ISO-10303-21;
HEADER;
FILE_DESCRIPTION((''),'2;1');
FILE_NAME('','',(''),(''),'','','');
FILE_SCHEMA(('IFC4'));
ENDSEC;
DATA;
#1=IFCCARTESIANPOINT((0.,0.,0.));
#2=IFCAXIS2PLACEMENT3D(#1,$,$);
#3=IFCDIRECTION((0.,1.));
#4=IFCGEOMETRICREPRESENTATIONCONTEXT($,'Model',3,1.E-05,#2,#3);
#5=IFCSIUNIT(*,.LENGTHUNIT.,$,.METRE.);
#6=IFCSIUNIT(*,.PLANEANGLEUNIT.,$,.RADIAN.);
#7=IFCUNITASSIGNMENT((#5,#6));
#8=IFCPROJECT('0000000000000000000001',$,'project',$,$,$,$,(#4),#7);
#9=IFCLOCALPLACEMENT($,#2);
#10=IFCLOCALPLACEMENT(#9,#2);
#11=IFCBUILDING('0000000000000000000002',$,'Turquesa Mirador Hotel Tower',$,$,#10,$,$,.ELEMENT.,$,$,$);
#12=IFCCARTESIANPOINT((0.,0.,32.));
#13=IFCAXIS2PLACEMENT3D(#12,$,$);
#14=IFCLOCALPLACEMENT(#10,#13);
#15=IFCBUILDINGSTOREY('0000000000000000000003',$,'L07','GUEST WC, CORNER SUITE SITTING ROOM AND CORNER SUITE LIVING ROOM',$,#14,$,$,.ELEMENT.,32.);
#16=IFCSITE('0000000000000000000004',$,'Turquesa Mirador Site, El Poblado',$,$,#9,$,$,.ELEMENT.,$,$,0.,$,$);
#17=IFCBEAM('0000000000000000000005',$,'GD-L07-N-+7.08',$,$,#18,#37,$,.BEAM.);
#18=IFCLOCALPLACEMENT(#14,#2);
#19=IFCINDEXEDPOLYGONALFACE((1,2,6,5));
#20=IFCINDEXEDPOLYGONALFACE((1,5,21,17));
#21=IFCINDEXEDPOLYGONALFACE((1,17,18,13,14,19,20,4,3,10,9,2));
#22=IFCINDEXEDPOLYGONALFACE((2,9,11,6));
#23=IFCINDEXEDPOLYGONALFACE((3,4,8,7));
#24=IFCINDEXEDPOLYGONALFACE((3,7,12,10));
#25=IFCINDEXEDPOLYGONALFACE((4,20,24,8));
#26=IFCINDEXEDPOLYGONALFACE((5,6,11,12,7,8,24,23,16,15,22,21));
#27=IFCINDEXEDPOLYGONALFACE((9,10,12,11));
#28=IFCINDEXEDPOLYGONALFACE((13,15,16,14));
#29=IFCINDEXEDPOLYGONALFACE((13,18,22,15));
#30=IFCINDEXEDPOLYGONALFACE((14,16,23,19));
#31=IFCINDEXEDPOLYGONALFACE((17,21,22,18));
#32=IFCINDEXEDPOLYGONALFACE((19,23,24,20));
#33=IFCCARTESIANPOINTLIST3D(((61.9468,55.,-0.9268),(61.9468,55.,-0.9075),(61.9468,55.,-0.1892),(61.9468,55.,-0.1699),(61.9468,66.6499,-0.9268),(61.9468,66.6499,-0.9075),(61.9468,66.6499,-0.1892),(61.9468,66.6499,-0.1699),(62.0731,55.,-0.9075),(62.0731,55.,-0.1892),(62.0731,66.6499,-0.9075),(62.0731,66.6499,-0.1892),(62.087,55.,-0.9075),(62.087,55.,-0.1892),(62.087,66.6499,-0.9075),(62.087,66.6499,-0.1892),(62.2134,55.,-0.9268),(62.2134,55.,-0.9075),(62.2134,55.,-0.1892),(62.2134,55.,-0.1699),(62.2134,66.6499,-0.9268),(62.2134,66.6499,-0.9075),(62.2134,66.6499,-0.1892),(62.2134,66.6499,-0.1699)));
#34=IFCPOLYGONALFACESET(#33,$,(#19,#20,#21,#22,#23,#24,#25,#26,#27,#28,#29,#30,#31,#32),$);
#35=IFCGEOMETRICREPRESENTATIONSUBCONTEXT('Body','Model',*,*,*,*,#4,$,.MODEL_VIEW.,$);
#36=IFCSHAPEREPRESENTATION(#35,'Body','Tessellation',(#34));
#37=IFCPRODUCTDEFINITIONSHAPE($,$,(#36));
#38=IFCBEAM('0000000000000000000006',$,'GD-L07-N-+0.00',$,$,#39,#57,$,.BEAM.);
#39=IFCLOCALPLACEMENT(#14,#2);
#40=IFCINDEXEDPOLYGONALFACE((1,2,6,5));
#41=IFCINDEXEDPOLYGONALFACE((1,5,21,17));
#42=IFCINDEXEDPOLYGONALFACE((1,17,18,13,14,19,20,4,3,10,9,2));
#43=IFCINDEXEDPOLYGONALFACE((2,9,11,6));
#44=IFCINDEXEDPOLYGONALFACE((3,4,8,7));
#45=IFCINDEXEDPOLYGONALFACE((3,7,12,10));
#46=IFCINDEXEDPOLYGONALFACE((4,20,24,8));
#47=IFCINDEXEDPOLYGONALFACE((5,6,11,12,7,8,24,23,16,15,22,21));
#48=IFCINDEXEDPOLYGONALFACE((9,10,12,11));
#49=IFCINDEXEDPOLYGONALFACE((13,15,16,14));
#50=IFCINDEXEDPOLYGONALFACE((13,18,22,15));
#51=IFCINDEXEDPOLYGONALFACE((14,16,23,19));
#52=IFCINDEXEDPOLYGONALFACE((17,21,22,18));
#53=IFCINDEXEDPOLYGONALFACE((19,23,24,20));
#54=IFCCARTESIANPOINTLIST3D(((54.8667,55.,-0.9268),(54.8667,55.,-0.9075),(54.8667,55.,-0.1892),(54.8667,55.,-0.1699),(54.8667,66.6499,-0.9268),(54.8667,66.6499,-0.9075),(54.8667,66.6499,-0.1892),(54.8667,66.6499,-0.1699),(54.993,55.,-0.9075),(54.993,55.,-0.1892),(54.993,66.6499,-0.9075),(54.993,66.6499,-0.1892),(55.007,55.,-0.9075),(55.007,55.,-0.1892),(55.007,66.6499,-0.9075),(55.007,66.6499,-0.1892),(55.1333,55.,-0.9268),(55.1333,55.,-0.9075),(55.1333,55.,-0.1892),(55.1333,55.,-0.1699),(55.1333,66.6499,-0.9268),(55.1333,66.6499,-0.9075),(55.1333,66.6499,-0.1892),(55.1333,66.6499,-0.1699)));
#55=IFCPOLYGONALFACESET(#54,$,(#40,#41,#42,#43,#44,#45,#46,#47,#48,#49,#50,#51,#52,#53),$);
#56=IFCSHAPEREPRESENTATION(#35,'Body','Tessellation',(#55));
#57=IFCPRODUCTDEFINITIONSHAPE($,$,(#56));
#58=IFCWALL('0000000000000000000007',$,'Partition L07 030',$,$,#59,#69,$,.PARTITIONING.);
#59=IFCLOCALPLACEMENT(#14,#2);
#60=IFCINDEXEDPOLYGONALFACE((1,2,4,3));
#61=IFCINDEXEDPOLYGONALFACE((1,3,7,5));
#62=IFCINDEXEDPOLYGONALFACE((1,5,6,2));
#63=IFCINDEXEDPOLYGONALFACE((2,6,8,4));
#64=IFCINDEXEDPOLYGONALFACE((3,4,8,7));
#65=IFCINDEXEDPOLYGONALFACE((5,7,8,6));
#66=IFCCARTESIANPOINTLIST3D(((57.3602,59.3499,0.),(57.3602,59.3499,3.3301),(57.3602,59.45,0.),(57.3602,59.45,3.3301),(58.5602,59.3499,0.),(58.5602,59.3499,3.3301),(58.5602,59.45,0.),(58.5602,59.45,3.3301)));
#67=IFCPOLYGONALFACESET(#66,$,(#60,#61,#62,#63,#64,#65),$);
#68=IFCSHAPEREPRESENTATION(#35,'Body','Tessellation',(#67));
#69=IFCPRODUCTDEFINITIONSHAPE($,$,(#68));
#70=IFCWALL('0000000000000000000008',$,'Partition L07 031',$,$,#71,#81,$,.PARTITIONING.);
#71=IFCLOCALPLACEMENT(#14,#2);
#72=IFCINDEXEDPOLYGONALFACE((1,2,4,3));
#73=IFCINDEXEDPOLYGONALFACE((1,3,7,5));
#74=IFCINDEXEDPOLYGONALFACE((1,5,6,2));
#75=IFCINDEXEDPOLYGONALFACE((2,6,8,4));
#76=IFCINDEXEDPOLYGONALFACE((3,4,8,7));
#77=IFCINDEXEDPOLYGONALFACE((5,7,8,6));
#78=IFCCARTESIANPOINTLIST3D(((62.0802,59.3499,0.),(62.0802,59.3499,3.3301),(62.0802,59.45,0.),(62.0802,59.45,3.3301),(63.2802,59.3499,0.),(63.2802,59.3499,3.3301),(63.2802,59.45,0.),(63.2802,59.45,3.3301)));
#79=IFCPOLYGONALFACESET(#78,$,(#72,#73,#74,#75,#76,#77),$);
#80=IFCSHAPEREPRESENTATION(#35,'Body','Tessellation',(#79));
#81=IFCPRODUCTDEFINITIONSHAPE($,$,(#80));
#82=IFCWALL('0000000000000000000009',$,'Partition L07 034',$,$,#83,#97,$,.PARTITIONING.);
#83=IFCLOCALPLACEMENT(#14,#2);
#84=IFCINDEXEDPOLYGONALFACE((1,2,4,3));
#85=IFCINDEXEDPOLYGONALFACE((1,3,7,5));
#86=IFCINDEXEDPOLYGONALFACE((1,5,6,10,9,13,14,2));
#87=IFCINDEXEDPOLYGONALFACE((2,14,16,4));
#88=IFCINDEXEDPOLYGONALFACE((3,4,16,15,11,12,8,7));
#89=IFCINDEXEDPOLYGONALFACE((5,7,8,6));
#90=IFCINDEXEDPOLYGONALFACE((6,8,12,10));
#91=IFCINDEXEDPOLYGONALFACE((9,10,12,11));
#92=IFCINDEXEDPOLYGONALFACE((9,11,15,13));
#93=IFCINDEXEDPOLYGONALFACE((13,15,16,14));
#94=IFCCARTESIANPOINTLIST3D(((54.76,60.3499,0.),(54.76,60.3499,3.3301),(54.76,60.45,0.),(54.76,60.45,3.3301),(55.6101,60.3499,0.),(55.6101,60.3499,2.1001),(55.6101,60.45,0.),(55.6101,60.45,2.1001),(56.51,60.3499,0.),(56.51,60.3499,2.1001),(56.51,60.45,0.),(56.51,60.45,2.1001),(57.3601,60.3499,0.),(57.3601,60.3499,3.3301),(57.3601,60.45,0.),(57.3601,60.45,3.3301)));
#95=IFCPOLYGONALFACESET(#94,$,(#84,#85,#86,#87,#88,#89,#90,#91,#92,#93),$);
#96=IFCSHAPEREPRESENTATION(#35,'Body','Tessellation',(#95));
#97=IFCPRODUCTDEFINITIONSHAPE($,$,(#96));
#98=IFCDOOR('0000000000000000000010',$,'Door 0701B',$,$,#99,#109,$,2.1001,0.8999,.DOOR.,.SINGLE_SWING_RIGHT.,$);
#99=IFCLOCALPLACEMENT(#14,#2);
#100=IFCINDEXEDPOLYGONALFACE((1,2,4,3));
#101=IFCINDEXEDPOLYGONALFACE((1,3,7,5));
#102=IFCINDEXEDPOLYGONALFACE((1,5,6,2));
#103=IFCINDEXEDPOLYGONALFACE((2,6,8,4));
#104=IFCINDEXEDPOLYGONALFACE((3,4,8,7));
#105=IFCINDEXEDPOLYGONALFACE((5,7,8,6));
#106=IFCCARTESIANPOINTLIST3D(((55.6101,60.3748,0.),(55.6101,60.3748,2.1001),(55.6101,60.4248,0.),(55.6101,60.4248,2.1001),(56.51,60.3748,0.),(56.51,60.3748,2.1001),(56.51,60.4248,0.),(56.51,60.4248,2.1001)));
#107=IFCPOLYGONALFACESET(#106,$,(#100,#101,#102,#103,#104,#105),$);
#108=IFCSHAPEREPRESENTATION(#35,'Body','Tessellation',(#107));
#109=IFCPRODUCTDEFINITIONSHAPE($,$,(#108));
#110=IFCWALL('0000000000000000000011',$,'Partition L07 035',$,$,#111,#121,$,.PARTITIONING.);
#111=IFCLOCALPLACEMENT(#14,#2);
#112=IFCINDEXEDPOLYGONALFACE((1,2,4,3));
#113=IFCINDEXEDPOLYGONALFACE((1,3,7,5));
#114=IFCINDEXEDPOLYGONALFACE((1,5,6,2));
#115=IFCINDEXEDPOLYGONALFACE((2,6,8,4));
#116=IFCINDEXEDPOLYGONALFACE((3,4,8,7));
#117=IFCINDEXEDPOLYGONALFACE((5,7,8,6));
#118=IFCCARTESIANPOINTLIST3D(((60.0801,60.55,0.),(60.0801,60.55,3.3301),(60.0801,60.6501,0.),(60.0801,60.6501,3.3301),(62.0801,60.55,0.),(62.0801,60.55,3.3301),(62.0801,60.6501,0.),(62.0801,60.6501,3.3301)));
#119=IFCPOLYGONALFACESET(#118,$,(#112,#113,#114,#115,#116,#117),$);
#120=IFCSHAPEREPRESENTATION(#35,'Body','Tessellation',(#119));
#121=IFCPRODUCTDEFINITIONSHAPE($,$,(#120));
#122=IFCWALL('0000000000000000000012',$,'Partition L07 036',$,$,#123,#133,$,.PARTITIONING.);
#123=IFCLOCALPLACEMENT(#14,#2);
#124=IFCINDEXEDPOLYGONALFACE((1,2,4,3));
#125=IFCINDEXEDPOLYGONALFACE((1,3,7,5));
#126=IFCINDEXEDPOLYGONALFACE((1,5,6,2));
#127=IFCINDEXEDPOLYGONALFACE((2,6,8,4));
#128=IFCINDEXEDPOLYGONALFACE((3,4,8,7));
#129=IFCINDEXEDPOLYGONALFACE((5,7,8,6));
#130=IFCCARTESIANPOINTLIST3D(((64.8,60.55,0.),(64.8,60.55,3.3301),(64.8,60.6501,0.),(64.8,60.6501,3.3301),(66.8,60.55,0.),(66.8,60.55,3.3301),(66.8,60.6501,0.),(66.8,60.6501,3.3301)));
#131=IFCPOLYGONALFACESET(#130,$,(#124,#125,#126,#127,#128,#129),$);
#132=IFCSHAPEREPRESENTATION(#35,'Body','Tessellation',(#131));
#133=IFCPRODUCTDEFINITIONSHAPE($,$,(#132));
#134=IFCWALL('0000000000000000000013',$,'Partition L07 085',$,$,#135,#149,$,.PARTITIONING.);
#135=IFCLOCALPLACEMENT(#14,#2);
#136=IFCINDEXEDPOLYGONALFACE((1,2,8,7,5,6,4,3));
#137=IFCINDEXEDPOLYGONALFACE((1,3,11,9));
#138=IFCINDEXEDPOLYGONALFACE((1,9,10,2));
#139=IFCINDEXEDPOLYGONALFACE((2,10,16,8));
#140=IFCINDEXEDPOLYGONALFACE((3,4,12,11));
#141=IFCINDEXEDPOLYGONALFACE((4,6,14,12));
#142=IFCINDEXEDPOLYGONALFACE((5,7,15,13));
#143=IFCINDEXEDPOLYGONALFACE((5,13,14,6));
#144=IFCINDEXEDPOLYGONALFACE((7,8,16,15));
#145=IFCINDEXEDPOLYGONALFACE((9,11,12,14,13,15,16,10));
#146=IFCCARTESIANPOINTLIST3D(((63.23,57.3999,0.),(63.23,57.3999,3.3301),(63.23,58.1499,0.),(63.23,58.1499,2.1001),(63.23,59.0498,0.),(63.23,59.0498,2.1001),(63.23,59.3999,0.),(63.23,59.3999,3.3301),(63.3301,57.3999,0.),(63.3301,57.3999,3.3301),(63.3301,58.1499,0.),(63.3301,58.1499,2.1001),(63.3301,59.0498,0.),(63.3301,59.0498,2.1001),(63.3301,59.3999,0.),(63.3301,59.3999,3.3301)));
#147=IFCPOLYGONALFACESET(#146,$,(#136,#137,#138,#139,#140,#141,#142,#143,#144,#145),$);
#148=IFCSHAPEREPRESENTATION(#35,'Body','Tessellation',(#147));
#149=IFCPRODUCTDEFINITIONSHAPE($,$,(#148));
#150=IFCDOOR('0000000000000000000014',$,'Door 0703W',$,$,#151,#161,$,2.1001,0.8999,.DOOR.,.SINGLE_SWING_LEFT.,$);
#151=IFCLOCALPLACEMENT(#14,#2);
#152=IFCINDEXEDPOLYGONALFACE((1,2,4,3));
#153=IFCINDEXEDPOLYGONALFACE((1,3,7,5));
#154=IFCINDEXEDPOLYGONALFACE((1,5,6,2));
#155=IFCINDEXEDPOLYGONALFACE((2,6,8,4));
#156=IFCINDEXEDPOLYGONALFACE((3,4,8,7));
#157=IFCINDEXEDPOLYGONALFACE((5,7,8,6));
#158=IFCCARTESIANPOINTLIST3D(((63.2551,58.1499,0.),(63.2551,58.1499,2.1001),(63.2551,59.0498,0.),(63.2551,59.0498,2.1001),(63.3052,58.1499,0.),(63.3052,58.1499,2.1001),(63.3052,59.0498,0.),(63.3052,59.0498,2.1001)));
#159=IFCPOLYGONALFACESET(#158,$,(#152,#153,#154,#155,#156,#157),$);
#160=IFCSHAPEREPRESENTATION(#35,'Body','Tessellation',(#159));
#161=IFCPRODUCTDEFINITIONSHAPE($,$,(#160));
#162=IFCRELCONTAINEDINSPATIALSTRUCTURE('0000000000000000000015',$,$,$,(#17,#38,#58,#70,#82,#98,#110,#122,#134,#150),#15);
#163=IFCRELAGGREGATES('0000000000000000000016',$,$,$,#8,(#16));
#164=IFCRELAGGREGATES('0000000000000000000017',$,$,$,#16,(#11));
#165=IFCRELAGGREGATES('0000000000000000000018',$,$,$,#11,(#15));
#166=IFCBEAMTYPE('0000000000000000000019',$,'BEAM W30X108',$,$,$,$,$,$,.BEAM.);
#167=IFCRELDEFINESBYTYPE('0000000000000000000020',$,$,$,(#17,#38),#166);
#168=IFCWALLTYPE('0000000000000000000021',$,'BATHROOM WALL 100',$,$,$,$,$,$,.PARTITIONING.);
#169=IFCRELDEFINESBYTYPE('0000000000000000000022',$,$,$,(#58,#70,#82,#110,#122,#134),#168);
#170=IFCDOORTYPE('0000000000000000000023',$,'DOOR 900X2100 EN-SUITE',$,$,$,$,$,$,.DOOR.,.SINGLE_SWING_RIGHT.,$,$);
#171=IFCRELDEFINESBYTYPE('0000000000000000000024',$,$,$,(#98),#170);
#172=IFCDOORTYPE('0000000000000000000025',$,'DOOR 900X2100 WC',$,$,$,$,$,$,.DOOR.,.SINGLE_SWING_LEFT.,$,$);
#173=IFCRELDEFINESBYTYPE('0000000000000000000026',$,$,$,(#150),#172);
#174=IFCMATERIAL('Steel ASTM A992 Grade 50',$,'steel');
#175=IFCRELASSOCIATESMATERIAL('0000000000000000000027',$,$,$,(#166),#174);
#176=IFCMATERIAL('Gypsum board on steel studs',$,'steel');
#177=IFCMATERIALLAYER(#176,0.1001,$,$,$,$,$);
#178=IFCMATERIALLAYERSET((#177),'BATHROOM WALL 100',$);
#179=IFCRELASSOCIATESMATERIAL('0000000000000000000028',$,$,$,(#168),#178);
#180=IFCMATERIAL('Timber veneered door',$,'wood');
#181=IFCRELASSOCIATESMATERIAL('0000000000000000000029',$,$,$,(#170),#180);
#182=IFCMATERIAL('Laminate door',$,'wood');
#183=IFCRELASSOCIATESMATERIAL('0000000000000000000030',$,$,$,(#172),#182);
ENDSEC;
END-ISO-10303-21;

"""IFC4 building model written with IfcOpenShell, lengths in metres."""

from ifc_helpers import new_model, si_unit, direction, frame, frame_2d, origin, origin_2d, place, context, subcontext, project, spatial, rectangle, i_section, extrude, material, layer, layer_set, material_profile, profile_set, type_object, element, fill, save


model = new_model("IFC4")

# Units and contexts
model_context = context("Model", 3, precision=1e-05, world=origin(), true_north=direction((0.0, 1.0)))
body_context = subcontext(model_context, "Body", "Model", "MODEL_VIEW")
ifc_project = project(units=[si_unit("LENGTHUNIT", "METRE"), si_unit("PLANEANGLEUNIT", "RADIAN")], contexts=[model_context])

# Site, building, storey
site_placement = place(None, origin())
site = spatial("IfcSite", under=ifc_project, at=site_placement, Name="Turquesa Mirador Site, El Poblado", CompositionType="ELEMENT", RefElevation=0.0)
building_placement = place(site_placement, origin())
building = spatial("IfcBuilding", under=site, at=building_placement, Name="Turquesa Mirador Hotel Tower", CompositionType="ELEMENT")
storey_placement = place(building_placement, frame((0.0, 0.0, 32.0)))
storey = spatial("IfcBuildingStorey", under=building, at=storey_placement, Name="L07", Description="GUEST WC, CORNER SUITE SITTING ROOM AND CORNER SUITE LIVING ROOM", CompositionType="ELEMENT", Elevation=32.0)

# Beams
ifc_material_1 = material(Name="Steel ASTM A992 Grade 50", Category="steel")
ifc_material_profile_1 = material_profile(ifc_material_1, i_section(OverallWidth=0.2666, OverallDepth=0.7568, WebThickness=0.0139, FlangeThickness=0.0193, at=origin_2d()), Name="W30X108")
ifc_profile_set_1 = profile_set([ifc_material_profile_1], Name="Steel ASTM A992 Grade 50")
beam_type_1 = type_object("IfcBeamType", Name="BEAM W30X108", PredefinedType="BEAM", material=ifc_profile_set_1)
for number, where, z_axis, x_axis, name in (
    (1, (62.0801, 66.6499, -0.5483), (0.0, -1.0, 0.0), (1.0, 0.0, 0.0), "GD-L07-N-+7.08"),
    (2, (55.0, 66.6499, -0.5483), (0.0, -1.0, 0.0), (1.0, 0.0, 0.0), "GD-L07-N-+0.00"),
):
    element("IfcBeam", number, at=place(storey_placement, frame(where, z_axis=z_axis, x_axis=x_axis)), inside=storey, type_object=beam_type_1, Name=name, PredefinedType="BEAM", context=body_context, shape_type="SweptSolid", body=[
        extrude(i_section(OverallWidth=0.2666, OverallDepth=0.7568, WebThickness=0.0139, FlangeThickness=0.0193, at=origin_2d()), origin(), (0.0, 0.0, 1.0), 11.6499),
    ])

# Walls
ifc_material_2 = material(Name="Gypsum board on steel studs", Category="steel")
ifc_layer_1 = layer(ifc_material_2, 0.1001)
ifc_layer_set_1 = layer_set([ifc_layer_1], Name="BATHROOM WALL 100")
wall_type_1 = type_object("IfcWallType", Name="BATHROOM WALL 100", PredefinedType="PARTITIONING", material=ifc_layer_set_1)
for number, where, z_axis, x_axis, name in (
    (3, (57.3601, 59.3999, 0.0), (0.0, 0.0, 1.0), (1.0, 0.0, 0.0), "Partition L07 030"),
    (4, (62.0801, 59.3999, 0.0), (0.0, 0.0, 1.0), (1.0, 0.0, 0.0), "Partition L07 031"),
):
    element("IfcWall", number, at=place(storey_placement, frame(where, z_axis=z_axis, x_axis=x_axis)), inside=storey, type_object=wall_type_1, Name=name, PredefinedType="PARTITIONING", context=body_context, shape_type="SweptSolid", body=[
        extrude(rectangle(XDim=1.2, YDim=0.1001, at=frame_2d((0.6001, 0.0))), origin(), (0.0, 0.0, 1.0), 3.3301),
    ])

# Wall, opening, door
wall_1_placement = place(storey_placement, frame((54.76, 60.3999, 0.0), z_axis=(0.0, 0.0, 1.0), x_axis=(1.0, 0.0, 0.0)))
wall_1 = element("IfcWall", 5, at=wall_1_placement, inside=storey, type_object=wall_type_1, Name="Partition L07 034", PredefinedType="PARTITIONING", context=body_context, shape_type="SweptSolid", body=[
    extrude(rectangle(XDim=2.6001, YDim=0.1001, at=frame_2d((1.3, 0.0))), origin(), (0.0, 0.0, 1.0), 3.3301),
])
opening_1_placement = place(wall_1_placement, frame((0.8501, 0.0, 0.0)))
opening_1 = element("IfcOpeningElement", 6, at=opening_1_placement, cuts=wall_1, PredefinedType="OPENING", context=body_context, shape_type="SweptSolid", body=[
    extrude(rectangle(XDim=0.8999, YDim=2.1001, at=frame_2d((0.45, 1.05))), frame((0.0, 0.0601, 0.0), z_axis=(0.0, -1.0, 0.0), x_axis=(1.0, 0.0, 0.0)), (0.0, 0.0, 1.0), 0.1201),
])
ifc_material_3 = material(Name="Timber veneered door", Category="wood")
door_type_1 = type_object("IfcDoorType", Name="DOOR 900X2100 EN-SUITE", OperationType="SINGLE_SWING_RIGHT", PredefinedType="DOOR", material=ifc_material_3)
door_1_placement = place(opening_1_placement, origin())
door_1 = element("IfcDoor", 7, at=door_1_placement, inside=storey, type_object=door_type_1, Name="Door 0701B", OperationType="SINGLE_SWING_RIGHT", OverallHeight=2.1001, OverallWidth=0.8999, PredefinedType="DOOR", context=body_context, shape_type="SweptSolid", body=[
    extrude(rectangle(XDim=0.8999, YDim=2.1001, at=frame_2d((0.45, 1.05))), frame((0.0, 0.0249, 0.0), z_axis=(0.0, -1.0, 0.0), x_axis=(1.0, 0.0, 0.0)), (0.0, 0.0, 1.0), 0.05),
])
fill(opening_1, door_1)

# Walls
for number, where, z_axis, x_axis, name in (
    (8, (60.0801, 60.6001, 0.0), (0.0, 0.0, 1.0), (1.0, 0.0, 0.0), "Partition L07 035"),
    (9, (64.8, 60.6001, 0.0), (0.0, 0.0, 1.0), (1.0, 0.0, 0.0), "Partition L07 036"),
):
    element("IfcWall", number, at=place(storey_placement, frame(where, z_axis=z_axis, x_axis=x_axis)), inside=storey, type_object=wall_type_1, Name=name, PredefinedType="PARTITIONING", context=body_context, shape_type="SweptSolid", body=[
        extrude(rectangle(XDim=2.0, YDim=0.1001, at=frame_2d((1.0, 0.0))), origin(), (0.0, 0.0, 1.0), 3.3301),
    ])

# Wall, opening, door
wall_2_placement = place(storey_placement, frame((63.28, 57.3999, 0.0), z_axis=(0.0, 0.0, 1.0), x_axis=(0.0, 1.0, 0.0)))
wall_2 = element("IfcWall", 10, at=wall_2_placement, inside=storey, type_object=wall_type_1, Name="Partition L07 085", PredefinedType="PARTITIONING", context=body_context, shape_type="SweptSolid", body=[
    extrude(rectangle(XDim=2.0, YDim=0.1001, at=frame_2d((1.0, 0.0))), origin(), (0.0, 0.0, 1.0), 3.3301),
])
opening_2_placement = place(wall_2_placement, frame((0.75, 0.0, 0.0)))
opening_2 = element("IfcOpeningElement", 11, at=opening_2_placement, cuts=wall_2, PredefinedType="OPENING", context=body_context, shape_type="SweptSolid", body=[
    extrude(rectangle(XDim=0.8999, YDim=2.1001, at=frame_2d((0.45, 1.05))), frame((0.0, 0.0601, 0.0), z_axis=(0.0, -1.0, 0.0), x_axis=(1.0, 0.0, 0.0)), (0.0, 0.0, 1.0), 0.1201),
])
ifc_material_4 = material(Name="Laminate door", Category="wood")
door_type_2 = type_object("IfcDoorType", Name="DOOR 900X2100 WC", OperationType="SINGLE_SWING_LEFT", PredefinedType="DOOR", material=ifc_material_4)
door_2_placement = place(opening_2_placement, origin())
door_2 = element("IfcDoor", 12, at=door_2_placement, inside=storey, type_object=door_type_2, Name="Door 0703W", OperationType="SINGLE_SWING_LEFT", OverallHeight=2.1001, OverallWidth=0.8999, PredefinedType="DOOR", context=body_context, shape_type="SweptSolid", body=[
    extrude(rectangle(XDim=0.8999, YDim=2.1001, at=frame_2d((0.45, 1.05))), frame((0.0, 0.0249, 0.0), z_axis=(0.0, -1.0, 0.0), x_axis=(1.0, 0.0, 0.0)), (0.0, 0.0, 1.0), 0.05),
])
fill(opening_2, door_2)

save(model, "model.ifc")
